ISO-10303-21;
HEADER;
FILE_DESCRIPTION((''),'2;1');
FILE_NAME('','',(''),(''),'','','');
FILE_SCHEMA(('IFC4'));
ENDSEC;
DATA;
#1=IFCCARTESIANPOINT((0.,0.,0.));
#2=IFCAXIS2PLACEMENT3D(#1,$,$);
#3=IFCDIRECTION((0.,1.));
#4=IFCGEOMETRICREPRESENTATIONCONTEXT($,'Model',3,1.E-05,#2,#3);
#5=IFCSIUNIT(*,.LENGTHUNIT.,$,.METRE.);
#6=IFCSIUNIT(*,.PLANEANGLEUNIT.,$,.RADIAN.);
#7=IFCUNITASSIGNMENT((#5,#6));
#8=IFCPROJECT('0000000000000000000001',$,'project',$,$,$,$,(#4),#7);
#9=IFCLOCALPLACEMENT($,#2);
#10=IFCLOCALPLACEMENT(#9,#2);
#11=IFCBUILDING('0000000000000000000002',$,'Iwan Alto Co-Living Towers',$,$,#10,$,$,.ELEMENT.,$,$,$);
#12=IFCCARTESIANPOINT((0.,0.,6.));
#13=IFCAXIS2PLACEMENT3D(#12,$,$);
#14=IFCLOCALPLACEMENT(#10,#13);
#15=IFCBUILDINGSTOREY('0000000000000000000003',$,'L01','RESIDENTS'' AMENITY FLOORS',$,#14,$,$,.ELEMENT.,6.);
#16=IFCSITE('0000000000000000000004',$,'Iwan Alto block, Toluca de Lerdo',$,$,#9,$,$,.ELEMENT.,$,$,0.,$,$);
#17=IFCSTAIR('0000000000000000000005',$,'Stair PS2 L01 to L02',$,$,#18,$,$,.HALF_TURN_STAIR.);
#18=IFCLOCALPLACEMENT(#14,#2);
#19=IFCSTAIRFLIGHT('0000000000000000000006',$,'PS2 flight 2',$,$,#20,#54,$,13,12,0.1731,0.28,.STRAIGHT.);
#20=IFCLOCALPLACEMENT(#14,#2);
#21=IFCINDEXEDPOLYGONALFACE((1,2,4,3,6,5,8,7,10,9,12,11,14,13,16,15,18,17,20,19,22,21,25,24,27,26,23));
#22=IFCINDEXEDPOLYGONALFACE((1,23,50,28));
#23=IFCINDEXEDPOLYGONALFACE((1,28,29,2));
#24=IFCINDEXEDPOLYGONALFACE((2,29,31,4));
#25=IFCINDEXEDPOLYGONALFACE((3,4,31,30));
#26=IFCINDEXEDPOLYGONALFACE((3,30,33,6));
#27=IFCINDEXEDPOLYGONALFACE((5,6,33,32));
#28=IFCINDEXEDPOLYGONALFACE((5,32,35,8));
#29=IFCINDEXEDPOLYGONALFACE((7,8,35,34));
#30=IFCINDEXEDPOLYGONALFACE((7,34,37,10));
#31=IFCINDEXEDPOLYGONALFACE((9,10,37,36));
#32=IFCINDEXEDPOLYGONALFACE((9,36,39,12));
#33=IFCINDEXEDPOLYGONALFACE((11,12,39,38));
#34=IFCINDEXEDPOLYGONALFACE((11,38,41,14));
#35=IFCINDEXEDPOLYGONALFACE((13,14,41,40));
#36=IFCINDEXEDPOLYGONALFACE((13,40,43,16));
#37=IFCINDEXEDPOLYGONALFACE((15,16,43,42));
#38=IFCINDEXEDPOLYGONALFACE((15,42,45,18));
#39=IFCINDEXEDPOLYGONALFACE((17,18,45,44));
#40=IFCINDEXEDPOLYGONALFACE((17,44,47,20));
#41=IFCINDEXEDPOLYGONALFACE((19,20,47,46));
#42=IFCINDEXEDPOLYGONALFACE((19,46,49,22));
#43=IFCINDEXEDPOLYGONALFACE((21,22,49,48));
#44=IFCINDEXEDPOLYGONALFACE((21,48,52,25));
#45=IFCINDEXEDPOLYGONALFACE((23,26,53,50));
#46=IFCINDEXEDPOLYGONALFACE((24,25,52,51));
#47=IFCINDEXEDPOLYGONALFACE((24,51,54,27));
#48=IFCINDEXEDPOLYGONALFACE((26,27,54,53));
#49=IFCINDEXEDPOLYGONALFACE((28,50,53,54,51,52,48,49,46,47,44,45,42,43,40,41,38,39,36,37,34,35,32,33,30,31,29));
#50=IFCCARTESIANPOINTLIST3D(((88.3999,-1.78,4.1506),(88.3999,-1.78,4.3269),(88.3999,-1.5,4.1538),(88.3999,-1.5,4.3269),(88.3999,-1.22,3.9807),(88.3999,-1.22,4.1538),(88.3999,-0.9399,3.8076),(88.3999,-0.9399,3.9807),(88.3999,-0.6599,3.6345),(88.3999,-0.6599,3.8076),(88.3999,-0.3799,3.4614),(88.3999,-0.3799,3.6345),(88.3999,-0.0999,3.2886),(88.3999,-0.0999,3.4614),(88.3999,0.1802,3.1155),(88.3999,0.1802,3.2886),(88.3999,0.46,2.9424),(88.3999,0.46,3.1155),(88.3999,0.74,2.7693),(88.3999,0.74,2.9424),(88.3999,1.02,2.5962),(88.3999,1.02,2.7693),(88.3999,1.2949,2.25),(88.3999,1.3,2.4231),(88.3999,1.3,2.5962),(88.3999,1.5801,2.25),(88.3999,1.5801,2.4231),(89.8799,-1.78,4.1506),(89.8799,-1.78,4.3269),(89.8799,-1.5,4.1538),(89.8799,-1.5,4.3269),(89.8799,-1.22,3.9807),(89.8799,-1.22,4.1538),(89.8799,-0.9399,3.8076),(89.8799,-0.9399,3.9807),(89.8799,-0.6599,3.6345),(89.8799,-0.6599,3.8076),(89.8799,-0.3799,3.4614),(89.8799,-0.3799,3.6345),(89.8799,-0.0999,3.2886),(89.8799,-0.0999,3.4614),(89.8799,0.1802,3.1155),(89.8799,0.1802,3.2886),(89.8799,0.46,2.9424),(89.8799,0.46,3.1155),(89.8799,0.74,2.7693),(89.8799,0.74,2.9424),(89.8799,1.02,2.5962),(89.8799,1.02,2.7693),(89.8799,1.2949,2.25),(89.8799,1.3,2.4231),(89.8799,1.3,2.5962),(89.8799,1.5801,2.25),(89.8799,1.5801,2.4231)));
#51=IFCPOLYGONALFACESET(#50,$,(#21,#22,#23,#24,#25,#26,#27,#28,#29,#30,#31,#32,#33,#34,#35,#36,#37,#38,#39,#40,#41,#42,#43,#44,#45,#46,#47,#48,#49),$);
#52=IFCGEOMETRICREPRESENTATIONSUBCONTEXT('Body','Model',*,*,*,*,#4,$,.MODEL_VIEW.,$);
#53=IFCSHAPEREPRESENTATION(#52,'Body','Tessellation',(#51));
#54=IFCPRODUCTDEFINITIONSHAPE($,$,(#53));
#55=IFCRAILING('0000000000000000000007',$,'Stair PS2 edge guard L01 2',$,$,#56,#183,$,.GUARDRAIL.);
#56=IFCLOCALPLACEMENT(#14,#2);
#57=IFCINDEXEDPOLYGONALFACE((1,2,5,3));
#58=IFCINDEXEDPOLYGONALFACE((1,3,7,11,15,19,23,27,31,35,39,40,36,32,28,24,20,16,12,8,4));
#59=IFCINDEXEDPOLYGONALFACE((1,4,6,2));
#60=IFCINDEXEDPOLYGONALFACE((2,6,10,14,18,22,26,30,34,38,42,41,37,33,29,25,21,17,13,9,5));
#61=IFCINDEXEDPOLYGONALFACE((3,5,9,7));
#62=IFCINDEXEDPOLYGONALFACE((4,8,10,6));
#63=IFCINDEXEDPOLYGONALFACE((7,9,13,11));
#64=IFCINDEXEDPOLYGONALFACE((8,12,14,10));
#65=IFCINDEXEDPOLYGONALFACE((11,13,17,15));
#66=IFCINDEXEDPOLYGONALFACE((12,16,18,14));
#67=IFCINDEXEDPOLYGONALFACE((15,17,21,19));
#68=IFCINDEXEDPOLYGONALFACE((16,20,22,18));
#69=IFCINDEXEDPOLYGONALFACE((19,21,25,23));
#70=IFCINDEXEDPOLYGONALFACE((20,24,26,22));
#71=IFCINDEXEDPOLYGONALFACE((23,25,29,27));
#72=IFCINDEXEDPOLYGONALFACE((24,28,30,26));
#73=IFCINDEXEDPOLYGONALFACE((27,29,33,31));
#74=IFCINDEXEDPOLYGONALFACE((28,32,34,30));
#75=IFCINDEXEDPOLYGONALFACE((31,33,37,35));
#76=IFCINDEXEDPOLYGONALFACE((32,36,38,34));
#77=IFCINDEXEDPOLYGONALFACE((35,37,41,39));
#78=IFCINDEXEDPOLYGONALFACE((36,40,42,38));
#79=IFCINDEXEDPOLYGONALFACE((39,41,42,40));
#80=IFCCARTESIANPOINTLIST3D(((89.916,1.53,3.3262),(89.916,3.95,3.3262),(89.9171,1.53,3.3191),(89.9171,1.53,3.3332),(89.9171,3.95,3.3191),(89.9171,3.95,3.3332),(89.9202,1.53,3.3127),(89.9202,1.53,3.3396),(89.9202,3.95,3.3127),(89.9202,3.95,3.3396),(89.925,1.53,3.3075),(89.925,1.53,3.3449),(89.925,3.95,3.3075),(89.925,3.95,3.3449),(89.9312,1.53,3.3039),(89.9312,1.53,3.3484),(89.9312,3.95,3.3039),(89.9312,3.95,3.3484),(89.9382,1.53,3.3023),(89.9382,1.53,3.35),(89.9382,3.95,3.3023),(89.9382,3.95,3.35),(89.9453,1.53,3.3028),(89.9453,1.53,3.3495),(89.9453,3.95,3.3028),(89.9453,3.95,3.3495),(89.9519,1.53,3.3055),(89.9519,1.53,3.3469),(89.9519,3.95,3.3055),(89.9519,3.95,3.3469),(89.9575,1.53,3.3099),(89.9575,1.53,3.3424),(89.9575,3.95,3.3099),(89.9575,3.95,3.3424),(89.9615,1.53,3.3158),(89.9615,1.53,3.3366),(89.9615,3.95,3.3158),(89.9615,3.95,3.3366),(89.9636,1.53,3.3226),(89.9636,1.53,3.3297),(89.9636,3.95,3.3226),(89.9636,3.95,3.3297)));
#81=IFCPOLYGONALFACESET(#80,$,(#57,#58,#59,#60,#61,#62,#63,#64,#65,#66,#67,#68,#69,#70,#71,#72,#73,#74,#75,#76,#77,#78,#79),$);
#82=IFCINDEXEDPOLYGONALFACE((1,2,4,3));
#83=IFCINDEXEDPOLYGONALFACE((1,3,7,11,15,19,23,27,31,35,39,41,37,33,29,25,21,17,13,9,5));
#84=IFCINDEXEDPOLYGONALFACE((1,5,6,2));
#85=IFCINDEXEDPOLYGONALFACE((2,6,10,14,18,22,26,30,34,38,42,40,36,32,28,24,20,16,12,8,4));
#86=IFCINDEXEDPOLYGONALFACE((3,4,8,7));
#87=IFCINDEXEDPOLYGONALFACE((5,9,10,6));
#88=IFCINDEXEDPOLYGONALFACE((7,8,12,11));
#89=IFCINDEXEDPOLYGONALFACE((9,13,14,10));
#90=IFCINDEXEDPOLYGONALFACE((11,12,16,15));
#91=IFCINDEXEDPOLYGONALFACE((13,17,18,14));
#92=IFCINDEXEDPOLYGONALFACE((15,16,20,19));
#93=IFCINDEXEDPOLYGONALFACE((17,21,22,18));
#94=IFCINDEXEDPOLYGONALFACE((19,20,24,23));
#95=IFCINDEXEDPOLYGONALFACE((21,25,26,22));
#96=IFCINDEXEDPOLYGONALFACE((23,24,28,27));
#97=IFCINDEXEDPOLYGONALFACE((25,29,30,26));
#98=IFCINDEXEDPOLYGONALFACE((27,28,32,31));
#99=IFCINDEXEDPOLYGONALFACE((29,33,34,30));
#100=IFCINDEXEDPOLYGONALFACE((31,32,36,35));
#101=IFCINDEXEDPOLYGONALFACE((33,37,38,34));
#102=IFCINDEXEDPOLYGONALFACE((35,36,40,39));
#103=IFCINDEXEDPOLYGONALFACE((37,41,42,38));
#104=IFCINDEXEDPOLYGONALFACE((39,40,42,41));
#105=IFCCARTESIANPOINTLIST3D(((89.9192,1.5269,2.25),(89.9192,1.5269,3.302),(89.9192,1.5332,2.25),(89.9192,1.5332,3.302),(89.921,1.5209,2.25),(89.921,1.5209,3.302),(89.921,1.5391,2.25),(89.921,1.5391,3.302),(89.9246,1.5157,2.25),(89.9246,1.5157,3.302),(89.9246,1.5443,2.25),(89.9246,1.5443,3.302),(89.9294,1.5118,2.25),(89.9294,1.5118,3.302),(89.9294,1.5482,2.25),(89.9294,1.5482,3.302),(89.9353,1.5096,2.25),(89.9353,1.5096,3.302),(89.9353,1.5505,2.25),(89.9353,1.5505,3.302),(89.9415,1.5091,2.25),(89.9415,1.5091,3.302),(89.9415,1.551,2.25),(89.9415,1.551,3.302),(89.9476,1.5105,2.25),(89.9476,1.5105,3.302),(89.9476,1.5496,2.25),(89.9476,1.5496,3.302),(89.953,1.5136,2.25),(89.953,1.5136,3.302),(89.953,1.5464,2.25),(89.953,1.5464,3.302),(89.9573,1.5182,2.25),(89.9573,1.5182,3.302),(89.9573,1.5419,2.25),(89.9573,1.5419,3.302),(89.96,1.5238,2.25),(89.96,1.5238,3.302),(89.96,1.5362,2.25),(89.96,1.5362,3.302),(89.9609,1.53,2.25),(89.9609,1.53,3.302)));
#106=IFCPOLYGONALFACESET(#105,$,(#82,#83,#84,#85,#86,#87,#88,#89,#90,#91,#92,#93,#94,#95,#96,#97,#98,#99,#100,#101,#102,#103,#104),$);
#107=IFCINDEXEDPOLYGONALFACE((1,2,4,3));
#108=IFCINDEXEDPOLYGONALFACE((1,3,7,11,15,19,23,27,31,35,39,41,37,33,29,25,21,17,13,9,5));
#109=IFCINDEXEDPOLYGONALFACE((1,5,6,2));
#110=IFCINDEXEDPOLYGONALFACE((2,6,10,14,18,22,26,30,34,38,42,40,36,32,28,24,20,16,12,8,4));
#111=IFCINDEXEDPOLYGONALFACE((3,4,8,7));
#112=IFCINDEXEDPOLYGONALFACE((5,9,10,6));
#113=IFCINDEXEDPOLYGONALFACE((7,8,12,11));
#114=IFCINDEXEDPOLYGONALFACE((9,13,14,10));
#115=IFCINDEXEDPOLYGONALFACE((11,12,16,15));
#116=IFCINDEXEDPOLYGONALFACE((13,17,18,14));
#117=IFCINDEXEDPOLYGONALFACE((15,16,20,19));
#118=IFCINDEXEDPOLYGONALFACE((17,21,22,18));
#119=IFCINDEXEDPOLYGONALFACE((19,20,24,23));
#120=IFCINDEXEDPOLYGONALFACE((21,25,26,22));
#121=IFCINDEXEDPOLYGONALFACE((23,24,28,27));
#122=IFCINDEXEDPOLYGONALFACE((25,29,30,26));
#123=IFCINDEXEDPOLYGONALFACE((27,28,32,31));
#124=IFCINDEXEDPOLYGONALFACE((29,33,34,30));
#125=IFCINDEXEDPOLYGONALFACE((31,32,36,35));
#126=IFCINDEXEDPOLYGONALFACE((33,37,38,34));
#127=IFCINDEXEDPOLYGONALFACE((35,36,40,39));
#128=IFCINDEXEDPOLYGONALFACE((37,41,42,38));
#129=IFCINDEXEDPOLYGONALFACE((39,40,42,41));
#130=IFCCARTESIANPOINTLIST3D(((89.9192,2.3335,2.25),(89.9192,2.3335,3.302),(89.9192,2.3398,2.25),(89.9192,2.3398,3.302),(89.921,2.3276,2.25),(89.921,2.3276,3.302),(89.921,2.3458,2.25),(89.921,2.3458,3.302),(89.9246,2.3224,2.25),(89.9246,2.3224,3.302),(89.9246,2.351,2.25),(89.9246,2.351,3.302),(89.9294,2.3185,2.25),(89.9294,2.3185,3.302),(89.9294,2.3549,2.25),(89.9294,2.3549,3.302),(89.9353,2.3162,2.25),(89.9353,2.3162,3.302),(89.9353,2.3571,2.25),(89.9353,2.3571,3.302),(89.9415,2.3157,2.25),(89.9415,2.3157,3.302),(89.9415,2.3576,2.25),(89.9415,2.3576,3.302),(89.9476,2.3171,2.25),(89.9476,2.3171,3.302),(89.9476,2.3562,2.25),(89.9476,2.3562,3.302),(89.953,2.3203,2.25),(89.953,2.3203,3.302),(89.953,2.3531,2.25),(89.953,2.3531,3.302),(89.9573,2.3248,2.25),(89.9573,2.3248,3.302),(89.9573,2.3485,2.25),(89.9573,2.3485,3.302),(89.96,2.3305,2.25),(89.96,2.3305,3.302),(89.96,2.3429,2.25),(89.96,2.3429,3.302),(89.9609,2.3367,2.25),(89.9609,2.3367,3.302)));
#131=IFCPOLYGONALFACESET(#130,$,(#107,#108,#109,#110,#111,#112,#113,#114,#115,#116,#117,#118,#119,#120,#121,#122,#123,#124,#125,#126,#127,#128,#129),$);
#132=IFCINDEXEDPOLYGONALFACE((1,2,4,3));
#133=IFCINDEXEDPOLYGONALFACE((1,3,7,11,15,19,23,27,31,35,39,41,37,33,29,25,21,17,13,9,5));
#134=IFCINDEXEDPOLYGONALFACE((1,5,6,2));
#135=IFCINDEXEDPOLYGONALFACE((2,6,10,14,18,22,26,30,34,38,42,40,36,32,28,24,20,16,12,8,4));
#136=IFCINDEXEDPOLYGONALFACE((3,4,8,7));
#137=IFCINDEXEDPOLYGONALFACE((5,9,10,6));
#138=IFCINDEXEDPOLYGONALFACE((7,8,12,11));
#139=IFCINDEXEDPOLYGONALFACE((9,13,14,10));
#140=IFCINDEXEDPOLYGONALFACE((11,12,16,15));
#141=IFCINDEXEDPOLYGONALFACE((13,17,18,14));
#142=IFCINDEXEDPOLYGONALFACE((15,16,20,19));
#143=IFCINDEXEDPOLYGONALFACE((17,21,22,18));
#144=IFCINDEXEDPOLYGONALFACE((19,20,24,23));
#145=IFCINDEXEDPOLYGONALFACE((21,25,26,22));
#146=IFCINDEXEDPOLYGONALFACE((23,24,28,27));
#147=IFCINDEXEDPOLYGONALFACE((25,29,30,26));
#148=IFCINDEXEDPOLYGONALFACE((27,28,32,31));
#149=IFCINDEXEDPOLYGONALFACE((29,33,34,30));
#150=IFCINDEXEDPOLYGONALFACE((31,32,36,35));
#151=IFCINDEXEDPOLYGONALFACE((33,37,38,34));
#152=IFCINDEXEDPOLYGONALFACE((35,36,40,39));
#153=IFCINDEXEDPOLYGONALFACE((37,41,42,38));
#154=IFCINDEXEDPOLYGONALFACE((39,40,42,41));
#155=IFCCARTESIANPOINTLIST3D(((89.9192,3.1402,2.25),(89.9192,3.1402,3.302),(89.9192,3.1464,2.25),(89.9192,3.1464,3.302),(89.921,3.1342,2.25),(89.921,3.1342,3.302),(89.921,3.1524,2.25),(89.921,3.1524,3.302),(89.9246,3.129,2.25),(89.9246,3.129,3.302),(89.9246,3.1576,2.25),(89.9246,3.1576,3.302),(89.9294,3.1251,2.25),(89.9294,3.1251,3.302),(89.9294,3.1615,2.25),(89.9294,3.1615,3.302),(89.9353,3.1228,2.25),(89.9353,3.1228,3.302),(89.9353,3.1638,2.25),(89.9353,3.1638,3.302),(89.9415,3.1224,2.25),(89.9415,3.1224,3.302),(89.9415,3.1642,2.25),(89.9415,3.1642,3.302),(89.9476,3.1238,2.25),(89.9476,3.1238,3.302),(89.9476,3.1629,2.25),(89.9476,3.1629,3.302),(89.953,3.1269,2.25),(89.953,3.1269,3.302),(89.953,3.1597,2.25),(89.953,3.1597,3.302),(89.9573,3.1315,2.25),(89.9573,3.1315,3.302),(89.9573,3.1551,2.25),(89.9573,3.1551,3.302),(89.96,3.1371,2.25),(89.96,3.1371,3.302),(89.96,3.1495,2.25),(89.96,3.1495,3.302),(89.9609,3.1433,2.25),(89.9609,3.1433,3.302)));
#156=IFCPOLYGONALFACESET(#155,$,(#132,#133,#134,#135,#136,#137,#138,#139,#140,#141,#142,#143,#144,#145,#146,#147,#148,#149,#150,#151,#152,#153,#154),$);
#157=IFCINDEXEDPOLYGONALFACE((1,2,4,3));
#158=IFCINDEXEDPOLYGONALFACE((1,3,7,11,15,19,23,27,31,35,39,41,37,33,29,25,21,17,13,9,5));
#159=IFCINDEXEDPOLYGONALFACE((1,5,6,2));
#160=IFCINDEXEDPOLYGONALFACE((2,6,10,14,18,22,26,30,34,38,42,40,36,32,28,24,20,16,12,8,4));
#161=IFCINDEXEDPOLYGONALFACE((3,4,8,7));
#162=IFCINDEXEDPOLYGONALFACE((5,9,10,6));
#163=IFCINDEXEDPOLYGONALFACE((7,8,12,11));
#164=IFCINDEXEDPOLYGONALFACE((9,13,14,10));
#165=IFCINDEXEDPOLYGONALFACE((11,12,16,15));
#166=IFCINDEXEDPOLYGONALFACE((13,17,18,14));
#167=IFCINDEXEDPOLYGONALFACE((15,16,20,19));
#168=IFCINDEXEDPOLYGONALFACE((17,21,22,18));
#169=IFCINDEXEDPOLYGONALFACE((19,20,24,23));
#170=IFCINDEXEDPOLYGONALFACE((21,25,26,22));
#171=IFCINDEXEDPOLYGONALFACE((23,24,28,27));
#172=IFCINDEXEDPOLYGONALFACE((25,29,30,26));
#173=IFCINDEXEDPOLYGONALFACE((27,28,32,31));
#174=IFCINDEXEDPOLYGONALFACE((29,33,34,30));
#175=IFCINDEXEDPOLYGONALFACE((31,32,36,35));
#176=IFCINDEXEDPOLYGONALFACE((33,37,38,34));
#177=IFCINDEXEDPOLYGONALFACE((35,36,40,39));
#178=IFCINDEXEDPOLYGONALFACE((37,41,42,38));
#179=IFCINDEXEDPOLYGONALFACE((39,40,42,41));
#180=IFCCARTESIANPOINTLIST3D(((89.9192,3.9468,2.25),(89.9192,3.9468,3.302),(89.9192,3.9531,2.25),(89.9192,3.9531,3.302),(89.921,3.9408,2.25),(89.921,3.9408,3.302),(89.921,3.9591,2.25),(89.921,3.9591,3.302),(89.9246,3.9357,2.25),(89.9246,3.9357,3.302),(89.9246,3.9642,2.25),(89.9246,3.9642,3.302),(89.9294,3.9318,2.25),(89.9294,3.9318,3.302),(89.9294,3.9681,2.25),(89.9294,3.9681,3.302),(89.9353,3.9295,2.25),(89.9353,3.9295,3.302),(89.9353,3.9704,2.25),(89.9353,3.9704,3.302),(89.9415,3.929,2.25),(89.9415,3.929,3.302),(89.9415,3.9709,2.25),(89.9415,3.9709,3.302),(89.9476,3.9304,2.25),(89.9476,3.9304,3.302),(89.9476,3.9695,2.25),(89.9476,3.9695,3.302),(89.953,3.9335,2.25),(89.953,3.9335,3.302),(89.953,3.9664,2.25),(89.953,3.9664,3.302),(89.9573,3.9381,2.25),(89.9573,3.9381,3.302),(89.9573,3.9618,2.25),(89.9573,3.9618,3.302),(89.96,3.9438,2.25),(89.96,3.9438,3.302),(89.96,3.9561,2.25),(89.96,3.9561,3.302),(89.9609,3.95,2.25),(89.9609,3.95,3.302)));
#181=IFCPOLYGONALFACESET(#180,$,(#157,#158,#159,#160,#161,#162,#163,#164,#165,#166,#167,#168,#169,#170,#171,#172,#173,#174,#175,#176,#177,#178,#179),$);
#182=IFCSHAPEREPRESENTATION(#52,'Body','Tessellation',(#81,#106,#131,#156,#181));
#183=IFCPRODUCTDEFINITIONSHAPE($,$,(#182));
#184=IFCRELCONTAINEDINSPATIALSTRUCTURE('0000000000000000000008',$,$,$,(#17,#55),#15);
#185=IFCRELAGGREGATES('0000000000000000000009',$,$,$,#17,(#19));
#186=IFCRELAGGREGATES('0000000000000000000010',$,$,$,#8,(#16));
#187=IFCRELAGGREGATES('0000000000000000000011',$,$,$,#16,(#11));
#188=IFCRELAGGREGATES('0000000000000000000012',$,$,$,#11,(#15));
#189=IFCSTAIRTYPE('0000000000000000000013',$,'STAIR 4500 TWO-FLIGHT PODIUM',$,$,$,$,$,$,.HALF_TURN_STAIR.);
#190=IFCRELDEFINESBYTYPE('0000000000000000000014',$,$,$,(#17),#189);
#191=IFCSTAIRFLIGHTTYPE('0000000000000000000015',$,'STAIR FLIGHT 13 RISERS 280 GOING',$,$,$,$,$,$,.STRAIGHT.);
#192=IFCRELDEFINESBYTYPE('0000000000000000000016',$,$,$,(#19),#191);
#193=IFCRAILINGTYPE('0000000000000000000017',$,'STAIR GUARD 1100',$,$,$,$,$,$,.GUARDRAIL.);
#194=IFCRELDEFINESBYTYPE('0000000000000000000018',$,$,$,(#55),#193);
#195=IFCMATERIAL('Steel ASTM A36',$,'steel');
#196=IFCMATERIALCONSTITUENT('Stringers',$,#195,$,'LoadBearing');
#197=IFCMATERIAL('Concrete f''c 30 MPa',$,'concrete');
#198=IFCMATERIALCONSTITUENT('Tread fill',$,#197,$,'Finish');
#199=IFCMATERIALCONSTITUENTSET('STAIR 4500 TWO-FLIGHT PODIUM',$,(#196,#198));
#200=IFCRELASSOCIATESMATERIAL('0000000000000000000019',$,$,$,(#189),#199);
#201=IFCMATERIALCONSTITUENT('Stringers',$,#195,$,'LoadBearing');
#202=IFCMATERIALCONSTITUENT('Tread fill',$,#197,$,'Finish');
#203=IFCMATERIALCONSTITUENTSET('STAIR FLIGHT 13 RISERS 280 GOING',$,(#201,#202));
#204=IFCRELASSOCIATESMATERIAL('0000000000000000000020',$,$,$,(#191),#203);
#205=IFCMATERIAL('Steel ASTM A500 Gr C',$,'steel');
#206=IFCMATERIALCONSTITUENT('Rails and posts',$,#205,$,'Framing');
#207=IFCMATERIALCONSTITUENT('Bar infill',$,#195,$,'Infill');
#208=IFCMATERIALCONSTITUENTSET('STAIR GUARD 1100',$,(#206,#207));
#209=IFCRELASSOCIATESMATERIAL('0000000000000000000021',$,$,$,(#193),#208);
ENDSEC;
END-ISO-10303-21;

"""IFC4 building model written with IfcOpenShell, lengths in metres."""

from ifc_helpers import new_model, si_unit, direction, frame, origin, origin_2d, place, context, subcontext, project, spatial, polyline, circle, outline, extrude, material, constituent, constituent_set, type_object, element, aggregate, save


model = new_model("IFC4")

# Units and contexts
model_context = context("Model", 3, precision=1e-05, world=origin(), true_north=direction((0.0, 1.0)))
body_context = subcontext(model_context, "Body", "Model", "MODEL_VIEW")
ifc_project = project(units=[si_unit("LENGTHUNIT", "METRE"), si_unit("PLANEANGLEUNIT", "RADIAN")], contexts=[model_context])

# Site, building, storey
site_placement = place(None, origin())
site = spatial("IfcSite", under=ifc_project, at=site_placement, Name="Iwan Alto block, Toluca de Lerdo", CompositionType="ELEMENT", RefElevation=0.0)
building_placement = place(site_placement, origin())
building = spatial("IfcBuilding", under=site, at=building_placement, Name="Iwan Alto Co-Living Towers", CompositionType="ELEMENT")
storey_placement = place(building_placement, frame((0.0, 0.0, 6.0)))
storey = spatial("IfcBuildingStorey", under=building, at=storey_placement, Name="L01", Description="RESIDENTS' AMENITY FLOORS", CompositionType="ELEMENT", Elevation=6.0)

# Stair, stair flight
ifc_material_1 = material(Name="Steel ASTM A36", Category="steel")
ifc_constituent_1 = constituent(ifc_material_1, Name="Stringers", Category="LoadBearing")
ifc_material_2 = material(Name="Concrete f'c 30 MPa", Category="concrete")
ifc_constituent_2 = constituent(ifc_material_2, Name="Tread fill", Category="Finish")
ifc_constituent_set_1 = constituent_set(constituents=[ifc_constituent_1, ifc_constituent_2], Name="STAIR 4500 TWO-FLIGHT PODIUM")
stair_type = type_object("IfcStairType", Name="STAIR 4500 TWO-FLIGHT PODIUM", PredefinedType="HALF_TURN_STAIR", material=ifc_constituent_set_1)
stair_placement = place(storey_placement, origin())
stair = element("IfcStair", 1, at=stair_placement, inside=storey, type_object=stair_type, Name="Stair PS2 L01 to L02", PredefinedType="HALF_TURN_STAIR")
ifc_constituent_3 = constituent(ifc_material_1, Name="Stringers", Category="LoadBearing")
ifc_constituent_4 = constituent(ifc_material_2, Name="Tread fill", Category="Finish")
ifc_constituent_set_2 = constituent_set(constituents=[ifc_constituent_3, ifc_constituent_4], Name="STAIR FLIGHT 13 RISERS 280 GOING")
stair_flight_type = type_object("IfcStairFlightType", Name="STAIR FLIGHT 13 RISERS 280 GOING", PredefinedType="STRAIGHT", material=ifc_constituent_set_2)
stair_flight_placement = place(storey_placement, frame((89.1399, 1.5801, 2.25), z_axis=(0.0, 0.0, 1.0), x_axis=(0.0, -1.0, 0.0)))
stair_flight = element("IfcStairFlight", 2, at=stair_flight_placement, type_object=stair_flight_type, Name="PS2 flight 2", NumberOfRisers=13, NumberOfTreads=12, PredefinedType="STRAIGHT", RiserHeight=0.1731, TreadLength=0.28, context=body_context, shape_type="SweptSolid", body=[
    extrude(outline(polyline([(0.0, 0.0), (0.0, 0.1731), (0.28, 0.1731), (0.28, 0.3462), (0.5601, 0.3462), (0.5601, 0.5193), (0.8401, 0.5193), (0.8401, 0.6924), (1.1201, 0.6924), (1.1201, 0.8655), (1.3999, 0.8655), (1.3999, 1.0386), (1.6799, 1.0386), (1.6799, 1.2114), (1.96, 1.2114), (1.96, 1.3845), (2.24, 1.3845), (2.24, 1.5576), (2.52, 1.5576), (2.52, 1.7307), (2.8, 1.7307), (2.8, 1.9038), (3.0801, 1.9038), (3.0801, 2.0769), (3.3601, 2.0769), (3.3601, 2.25), (3.3601, 1.9006), (0.2852, 0.0), (0.0, 0.0)])), frame((0.0, 0.74, 0.0), z_axis=(0.0, -1.0, 0.0), x_axis=(1.0, 0.0, 0.0)), (0.0, 0.0, 1.0), 1.48),
])
aggregate(stair, [stair_flight])

# Railing
ifc_material_3 = material(Name="Steel ASTM A500 Gr C", Category="steel")
ifc_constituent_5 = constituent(ifc_material_3, Name="Rails and posts", Category="Framing")
ifc_constituent_6 = constituent(ifc_material_1, Name="Bar infill", Category="Infill")
ifc_constituent_set_3 = constituent_set(constituents=[ifc_constituent_5, ifc_constituent_6], Name="STAIR GUARD 1100")
railing_type_1 = type_object("IfcRailingType", Name="STAIR GUARD 1100", PredefinedType="GUARDRAIL", material=ifc_constituent_set_3)
railing_1_placement = place(storey_placement, frame((89.9399, 1.53, 2.25)))
element("IfcRailing", 3, at=railing_1_placement, inside=storey, type_object=railing_type_1, Name="Stair PS2 edge guard L01 2", PredefinedType="GUARDRAIL", context=body_context, shape_type="SweptSolid", body=[
    extrude(circle(Radius=0.0239, at=origin_2d()), frame((0.0, 0.0, 1.0762), z_axis=(0.0, 1.0, 0.0), x_axis=(-1.0, 0.0, 0.0)), (0.0, 0.0, 1.0), 2.4199),
    extrude(circle(Radius=0.021, at=origin_2d()), origin(), (0.0, 0.0, 1.0), 1.052),
    extrude(circle(Radius=0.021, at=origin_2d()), frame((0.0, 0.8066, 0.0)), (0.0, 0.0, 1.0), 1.052),
    extrude(circle(Radius=0.021, at=origin_2d()), frame((0.0, 1.6133, 0.0)), (0.0, 0.0, 1.0), 1.052),
    extrude(circle(Radius=0.021, at=origin_2d()), frame((0.0, 2.4199, 0.0)), (0.0, 0.0, 1.0), 1.052),
])

save(model, "model.ifc")
